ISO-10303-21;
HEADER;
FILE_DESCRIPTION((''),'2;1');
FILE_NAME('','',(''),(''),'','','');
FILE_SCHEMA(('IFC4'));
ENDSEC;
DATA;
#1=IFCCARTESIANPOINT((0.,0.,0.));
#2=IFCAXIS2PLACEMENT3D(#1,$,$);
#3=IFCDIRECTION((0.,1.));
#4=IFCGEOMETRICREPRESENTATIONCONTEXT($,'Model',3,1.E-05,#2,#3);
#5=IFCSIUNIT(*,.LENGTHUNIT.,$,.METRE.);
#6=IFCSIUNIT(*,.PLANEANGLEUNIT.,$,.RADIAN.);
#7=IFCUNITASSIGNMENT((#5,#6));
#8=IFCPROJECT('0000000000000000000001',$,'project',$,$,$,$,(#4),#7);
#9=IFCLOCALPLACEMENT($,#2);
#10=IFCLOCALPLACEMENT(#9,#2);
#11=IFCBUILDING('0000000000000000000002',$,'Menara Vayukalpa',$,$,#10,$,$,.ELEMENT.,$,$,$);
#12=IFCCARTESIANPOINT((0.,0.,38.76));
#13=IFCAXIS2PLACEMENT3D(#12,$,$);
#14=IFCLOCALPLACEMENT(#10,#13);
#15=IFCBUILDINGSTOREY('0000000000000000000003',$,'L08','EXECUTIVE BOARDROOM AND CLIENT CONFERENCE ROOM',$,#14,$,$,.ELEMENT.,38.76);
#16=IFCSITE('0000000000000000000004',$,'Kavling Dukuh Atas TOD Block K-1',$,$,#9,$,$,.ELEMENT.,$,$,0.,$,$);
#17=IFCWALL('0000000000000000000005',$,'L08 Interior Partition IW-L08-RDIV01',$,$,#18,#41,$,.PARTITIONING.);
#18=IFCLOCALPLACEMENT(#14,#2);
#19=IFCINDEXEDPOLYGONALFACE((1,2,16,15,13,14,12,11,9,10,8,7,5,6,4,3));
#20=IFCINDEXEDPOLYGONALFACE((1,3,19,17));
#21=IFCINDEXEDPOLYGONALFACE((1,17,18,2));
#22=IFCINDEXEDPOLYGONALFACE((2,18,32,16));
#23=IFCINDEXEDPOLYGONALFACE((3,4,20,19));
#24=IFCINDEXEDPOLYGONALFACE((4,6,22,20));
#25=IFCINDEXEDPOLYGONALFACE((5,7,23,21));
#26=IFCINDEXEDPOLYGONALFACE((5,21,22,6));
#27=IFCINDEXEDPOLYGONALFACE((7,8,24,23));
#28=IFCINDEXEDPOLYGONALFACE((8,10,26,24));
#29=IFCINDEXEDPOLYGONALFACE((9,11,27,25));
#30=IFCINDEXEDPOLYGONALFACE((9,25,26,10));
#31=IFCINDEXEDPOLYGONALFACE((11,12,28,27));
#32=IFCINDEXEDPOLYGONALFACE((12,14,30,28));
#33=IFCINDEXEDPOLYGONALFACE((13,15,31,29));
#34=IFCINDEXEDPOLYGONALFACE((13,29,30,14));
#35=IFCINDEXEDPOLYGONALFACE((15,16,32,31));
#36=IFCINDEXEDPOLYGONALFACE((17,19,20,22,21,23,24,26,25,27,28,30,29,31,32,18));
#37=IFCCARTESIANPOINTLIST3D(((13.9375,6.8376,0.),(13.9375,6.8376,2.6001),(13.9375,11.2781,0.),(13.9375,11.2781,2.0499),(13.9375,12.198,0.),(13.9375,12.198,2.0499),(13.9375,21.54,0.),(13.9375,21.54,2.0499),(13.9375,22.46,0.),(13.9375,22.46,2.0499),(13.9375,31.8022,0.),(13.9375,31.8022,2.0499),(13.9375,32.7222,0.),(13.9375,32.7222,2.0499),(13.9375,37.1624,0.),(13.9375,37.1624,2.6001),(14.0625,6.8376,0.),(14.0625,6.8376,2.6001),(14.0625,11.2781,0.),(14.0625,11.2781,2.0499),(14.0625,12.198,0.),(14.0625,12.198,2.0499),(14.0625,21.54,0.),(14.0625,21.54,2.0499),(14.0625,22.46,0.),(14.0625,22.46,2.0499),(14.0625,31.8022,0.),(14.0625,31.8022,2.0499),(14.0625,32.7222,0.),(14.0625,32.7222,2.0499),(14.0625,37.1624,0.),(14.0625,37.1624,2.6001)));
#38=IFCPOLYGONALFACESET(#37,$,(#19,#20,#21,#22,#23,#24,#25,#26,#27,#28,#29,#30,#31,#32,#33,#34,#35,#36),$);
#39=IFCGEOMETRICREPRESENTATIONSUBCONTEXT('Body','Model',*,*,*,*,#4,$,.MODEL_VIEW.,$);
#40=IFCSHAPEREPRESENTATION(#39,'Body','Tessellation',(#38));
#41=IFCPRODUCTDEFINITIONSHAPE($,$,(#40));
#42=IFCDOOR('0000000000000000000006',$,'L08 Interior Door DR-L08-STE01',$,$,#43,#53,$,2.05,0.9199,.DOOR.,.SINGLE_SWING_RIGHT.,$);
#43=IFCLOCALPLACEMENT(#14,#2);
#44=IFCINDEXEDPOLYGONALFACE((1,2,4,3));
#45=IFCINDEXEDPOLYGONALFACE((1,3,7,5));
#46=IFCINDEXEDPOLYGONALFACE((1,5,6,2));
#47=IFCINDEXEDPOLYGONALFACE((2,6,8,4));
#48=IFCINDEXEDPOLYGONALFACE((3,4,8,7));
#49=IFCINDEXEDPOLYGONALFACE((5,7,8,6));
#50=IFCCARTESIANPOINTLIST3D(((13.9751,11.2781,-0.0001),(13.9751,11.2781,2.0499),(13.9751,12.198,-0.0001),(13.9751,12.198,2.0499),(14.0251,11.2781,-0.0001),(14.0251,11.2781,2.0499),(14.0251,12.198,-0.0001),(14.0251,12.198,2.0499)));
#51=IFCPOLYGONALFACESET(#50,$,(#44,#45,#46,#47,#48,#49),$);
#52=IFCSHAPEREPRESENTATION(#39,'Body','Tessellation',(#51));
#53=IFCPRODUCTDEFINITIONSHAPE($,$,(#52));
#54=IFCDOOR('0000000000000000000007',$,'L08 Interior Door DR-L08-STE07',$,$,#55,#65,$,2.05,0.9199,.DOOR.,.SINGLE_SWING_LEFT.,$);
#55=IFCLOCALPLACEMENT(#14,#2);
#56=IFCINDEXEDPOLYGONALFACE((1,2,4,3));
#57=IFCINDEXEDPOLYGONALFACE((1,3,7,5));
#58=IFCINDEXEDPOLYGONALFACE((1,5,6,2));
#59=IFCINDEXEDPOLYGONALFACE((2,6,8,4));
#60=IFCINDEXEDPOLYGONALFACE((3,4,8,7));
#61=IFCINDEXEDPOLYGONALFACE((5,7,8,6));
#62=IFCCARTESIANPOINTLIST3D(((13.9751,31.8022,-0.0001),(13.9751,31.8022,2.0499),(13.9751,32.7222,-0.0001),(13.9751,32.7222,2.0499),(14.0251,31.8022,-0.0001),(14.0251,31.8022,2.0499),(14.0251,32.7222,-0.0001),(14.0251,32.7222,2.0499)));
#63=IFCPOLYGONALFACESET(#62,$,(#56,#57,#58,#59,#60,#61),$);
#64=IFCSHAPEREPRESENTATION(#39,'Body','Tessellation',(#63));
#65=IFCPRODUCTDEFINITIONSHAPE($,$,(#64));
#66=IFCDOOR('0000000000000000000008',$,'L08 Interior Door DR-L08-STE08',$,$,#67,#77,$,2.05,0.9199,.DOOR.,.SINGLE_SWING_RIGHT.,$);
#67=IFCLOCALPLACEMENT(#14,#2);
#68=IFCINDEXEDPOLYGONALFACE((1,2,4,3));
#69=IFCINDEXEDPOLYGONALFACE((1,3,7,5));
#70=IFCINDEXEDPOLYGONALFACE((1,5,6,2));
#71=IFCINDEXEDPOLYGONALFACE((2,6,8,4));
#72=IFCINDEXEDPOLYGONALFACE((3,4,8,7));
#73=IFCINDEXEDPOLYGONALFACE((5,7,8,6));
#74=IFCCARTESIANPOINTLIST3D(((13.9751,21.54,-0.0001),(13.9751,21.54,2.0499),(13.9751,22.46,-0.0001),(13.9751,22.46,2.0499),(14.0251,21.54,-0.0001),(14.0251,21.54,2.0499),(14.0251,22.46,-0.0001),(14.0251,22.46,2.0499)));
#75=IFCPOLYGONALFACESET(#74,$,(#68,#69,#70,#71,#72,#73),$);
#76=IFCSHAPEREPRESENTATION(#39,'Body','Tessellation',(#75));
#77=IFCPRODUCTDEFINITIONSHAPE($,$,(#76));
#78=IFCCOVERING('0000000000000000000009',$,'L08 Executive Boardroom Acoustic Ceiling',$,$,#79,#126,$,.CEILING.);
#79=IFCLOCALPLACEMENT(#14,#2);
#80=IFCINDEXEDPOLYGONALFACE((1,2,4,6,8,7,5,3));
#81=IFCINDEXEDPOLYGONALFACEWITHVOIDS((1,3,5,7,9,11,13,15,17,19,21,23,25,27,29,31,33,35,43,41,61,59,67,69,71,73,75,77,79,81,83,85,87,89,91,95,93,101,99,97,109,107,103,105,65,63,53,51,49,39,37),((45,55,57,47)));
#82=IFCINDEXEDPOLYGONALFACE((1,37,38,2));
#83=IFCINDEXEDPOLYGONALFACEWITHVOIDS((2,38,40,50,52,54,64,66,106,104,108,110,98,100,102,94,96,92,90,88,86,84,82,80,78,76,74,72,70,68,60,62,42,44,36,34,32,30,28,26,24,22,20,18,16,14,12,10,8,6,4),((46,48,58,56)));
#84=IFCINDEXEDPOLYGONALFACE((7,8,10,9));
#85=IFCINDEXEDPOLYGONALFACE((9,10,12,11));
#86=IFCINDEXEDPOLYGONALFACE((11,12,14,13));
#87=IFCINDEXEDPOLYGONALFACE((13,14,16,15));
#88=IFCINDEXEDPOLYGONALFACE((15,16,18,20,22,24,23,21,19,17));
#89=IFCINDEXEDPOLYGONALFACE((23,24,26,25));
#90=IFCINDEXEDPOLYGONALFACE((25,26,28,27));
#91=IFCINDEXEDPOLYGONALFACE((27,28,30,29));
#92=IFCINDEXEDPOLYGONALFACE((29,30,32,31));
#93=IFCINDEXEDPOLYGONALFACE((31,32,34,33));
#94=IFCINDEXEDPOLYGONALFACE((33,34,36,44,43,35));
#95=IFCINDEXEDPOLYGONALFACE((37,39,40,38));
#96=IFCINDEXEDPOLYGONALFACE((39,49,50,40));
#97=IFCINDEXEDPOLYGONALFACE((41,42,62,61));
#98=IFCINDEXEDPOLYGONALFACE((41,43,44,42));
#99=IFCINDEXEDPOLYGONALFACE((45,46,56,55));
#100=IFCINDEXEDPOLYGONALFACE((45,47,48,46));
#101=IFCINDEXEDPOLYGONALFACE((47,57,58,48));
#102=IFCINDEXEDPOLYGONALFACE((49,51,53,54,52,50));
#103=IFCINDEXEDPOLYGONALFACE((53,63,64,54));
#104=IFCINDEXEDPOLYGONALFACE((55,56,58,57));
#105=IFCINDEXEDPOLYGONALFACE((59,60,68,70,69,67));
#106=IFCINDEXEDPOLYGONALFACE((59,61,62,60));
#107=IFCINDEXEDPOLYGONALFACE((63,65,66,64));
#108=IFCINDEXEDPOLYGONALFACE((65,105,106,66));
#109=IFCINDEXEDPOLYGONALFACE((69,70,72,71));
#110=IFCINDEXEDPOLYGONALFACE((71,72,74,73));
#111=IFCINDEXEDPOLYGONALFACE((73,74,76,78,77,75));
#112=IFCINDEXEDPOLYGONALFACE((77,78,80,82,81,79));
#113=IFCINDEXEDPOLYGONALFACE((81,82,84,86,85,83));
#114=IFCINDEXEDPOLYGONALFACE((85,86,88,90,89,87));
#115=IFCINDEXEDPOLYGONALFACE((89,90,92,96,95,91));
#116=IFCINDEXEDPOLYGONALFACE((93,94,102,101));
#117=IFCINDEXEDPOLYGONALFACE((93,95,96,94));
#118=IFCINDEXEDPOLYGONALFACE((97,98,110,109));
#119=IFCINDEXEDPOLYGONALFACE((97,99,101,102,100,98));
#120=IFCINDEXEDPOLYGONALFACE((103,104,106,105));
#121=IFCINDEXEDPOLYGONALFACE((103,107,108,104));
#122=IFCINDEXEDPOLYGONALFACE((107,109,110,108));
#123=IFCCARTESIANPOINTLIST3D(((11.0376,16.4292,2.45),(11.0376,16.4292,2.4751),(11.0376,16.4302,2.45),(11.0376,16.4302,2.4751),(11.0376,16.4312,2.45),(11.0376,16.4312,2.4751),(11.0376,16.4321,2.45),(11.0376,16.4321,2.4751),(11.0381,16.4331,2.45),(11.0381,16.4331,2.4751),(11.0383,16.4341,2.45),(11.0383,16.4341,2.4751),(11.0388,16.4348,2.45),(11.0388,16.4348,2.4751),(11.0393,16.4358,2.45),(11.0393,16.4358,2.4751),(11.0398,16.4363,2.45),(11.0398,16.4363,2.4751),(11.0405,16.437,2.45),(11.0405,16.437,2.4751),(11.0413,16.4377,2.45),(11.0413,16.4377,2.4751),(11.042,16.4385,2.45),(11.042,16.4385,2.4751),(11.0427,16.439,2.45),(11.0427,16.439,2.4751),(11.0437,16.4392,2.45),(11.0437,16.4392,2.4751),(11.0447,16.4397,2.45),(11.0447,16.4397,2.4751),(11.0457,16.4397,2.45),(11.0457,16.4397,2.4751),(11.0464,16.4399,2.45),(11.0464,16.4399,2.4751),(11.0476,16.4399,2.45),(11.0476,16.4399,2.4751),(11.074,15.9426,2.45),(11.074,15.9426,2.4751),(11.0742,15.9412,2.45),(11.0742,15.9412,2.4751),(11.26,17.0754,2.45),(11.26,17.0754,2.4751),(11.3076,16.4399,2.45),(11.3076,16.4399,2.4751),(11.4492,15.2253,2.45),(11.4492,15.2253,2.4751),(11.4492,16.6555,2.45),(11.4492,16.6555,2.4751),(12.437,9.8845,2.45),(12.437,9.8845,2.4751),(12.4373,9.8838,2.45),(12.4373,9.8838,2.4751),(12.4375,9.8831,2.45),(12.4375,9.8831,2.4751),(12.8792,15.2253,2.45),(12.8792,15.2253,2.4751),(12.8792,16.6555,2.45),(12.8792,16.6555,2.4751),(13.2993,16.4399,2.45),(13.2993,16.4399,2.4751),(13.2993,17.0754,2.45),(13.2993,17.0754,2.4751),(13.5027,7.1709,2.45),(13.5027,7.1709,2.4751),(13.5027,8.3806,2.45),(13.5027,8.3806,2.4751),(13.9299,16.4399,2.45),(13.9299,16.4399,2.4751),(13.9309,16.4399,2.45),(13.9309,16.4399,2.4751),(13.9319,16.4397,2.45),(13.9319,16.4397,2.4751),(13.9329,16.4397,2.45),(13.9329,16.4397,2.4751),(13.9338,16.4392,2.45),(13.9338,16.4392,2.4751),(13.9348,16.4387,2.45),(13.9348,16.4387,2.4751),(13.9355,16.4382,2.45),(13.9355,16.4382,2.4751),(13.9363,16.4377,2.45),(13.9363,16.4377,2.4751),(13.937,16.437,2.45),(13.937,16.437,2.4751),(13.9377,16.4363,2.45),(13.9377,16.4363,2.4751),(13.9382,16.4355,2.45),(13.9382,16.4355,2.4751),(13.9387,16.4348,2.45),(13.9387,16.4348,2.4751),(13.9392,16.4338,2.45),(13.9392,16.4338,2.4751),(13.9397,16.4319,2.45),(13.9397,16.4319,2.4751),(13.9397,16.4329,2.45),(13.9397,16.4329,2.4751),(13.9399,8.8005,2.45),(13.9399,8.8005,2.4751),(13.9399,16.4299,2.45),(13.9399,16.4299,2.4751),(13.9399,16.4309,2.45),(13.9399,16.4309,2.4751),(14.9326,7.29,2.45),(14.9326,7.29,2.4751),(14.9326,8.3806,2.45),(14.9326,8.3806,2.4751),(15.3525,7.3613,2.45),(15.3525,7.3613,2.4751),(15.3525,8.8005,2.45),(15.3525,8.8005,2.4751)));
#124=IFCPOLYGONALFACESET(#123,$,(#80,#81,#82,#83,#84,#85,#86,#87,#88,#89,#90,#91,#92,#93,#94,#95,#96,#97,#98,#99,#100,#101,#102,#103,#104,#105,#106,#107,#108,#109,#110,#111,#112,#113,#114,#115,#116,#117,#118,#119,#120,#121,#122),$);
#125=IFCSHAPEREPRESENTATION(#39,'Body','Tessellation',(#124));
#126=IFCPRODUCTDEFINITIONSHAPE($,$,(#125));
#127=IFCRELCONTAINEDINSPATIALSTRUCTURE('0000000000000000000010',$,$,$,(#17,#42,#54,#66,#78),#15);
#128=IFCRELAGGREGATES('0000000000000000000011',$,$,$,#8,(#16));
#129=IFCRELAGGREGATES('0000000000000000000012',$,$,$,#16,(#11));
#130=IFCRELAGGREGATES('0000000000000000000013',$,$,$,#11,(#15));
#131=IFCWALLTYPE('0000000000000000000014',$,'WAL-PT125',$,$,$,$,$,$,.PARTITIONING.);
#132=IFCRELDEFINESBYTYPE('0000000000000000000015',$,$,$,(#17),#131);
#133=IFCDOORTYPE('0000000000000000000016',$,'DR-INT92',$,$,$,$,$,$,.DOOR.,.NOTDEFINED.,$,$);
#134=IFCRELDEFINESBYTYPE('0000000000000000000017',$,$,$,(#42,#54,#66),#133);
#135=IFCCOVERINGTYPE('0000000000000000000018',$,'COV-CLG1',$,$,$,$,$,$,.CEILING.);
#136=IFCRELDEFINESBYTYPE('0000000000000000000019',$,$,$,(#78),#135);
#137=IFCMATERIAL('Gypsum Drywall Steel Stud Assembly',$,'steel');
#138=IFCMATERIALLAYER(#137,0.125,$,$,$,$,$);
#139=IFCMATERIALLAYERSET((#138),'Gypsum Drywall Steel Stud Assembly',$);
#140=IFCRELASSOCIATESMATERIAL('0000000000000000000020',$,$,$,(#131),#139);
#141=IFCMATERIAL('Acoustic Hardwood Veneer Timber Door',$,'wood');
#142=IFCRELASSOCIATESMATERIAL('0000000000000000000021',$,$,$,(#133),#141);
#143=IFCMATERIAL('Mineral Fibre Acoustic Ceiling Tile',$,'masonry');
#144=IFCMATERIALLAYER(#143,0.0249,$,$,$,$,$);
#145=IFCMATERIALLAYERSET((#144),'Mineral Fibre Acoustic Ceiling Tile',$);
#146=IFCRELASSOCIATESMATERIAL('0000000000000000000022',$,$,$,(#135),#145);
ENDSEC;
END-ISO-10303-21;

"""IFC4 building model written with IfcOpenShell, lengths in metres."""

from ifc_helpers import new_model, si_unit, direction, frame, frame_2d, origin, place, context, subcontext, project, spatial, polyline, rectangle, outline, extrude, material, layer, layer_set, type_object, element, fill, save


model = new_model("IFC4")

# Units and contexts
model_context = context("Model", 3, precision=1e-05, world=origin(), true_north=direction((0.0, 1.0)))
body_context = subcontext(model_context, "Body", "Model", "MODEL_VIEW")
ifc_project = project(units=[si_unit("LENGTHUNIT", "METRE"), si_unit("PLANEANGLEUNIT", "RADIAN")], contexts=[model_context])

# Site, building, storey
site_placement = place(None, origin())
site = spatial("IfcSite", under=ifc_project, at=site_placement, Name="Kavling Dukuh Atas TOD Block K-1", CompositionType="ELEMENT", RefElevation=0.0)
building_placement = place(site_placement, origin())
building = spatial("IfcBuilding", under=site, at=building_placement, Name="Menara Vayukalpa", CompositionType="ELEMENT")
storey_placement = place(building_placement, frame((0.0, 0.0, 38.76)))
storey = spatial("IfcBuildingStorey", under=building, at=storey_placement, Name="L08", Description="EXECUTIVE BOARDROOM AND CLIENT CONFERENCE ROOM", CompositionType="ELEMENT", Elevation=38.76)

# Wall, openings, doors
ifc_material_1 = material(Name="Gypsum Drywall Steel Stud Assembly", Category="steel")
ifc_layer_1 = layer(ifc_material_1, 0.125)
ifc_layer_set_1 = layer_set([ifc_layer_1], Name="Gypsum Drywall Steel Stud Assembly")
wall_type_1 = type_object("IfcWallType", Name="WAL-PT125", PredefinedType="PARTITIONING", material=ifc_layer_set_1)
wall_1_placement = place(storey_placement, frame((14.0, 6.8376, 0.0), z_axis=(0.0, 0.0, 1.0), x_axis=(0.0, 1.0, 0.0)))
wall_1 = element("IfcWall", 1, at=wall_1_placement, inside=storey, type_object=wall_type_1, Name="L08 Interior Partition IW-L08-RDIV01", PredefinedType="PARTITIONING", context=body_context, shape_type="SweptSolid", body=[
    extrude(rectangle(XDim=30.3247, YDim=0.125, at=frame_2d((15.1624, 0.0))), origin(), (0.0, 0.0, 1.0), 2.6001),
])
opening_1_placement = place(wall_1_placement, frame((4.4404, 0.0, 0.0)))
opening_1 = element("IfcOpeningElement", 2, at=opening_1_placement, cuts=wall_1, PredefinedType="OPENING", context=body_context, shape_type="SweptSolid", body=[
    extrude(rectangle(XDim=0.9199, YDim=2.05, at=frame_2d((0.46, 1.0249))), frame((0.0, 0.0725, 0.0), z_axis=(0.0, -1.0, 0.0), x_axis=(1.0, 0.0, 0.0)), (0.0, 0.0, 1.0), 0.145),
])
opening_2_placement = place(wall_1_placement, frame((24.9646, 0.0, 0.0)))
opening_2 = element("IfcOpeningElement", 3, at=opening_2_placement, cuts=wall_1, PredefinedType="OPENING", context=body_context, shape_type="SweptSolid", body=[
    extrude(rectangle(XDim=0.9199, YDim=2.05, at=frame_2d((0.46, 1.0249))), frame((0.0, 0.0725, 0.0), z_axis=(0.0, -1.0, 0.0), x_axis=(1.0, 0.0, 0.0)), (0.0, 0.0, 1.0), 0.145),
])
opening_3_placement = place(wall_1_placement, frame((14.7024, 0.0, 0.0)))
opening_3 = element("IfcOpeningElement", 4, at=opening_3_placement, cuts=wall_1, PredefinedType="OPENING", context=body_context, shape_type="SweptSolid", body=[
    extrude(rectangle(XDim=0.9199, YDim=2.05, at=frame_2d((0.46, 1.0249))), frame((0.0, 0.0725, 0.0), z_axis=(0.0, -1.0, 0.0), x_axis=(1.0, 0.0, 0.0)), (0.0, 0.0, 1.0), 0.145),
])
ifc_material_2 = material(Name="Acoustic Hardwood Veneer Timber Door", Category="wood")
door_type = type_object("IfcDoorType", Name="DR-INT92", OperationType="NOTDEFINED", PredefinedType="DOOR", material=ifc_material_2)
door_1_placement = place(opening_1_placement, origin())
door_1 = element("IfcDoor", 5, at=door_1_placement, inside=storey, type_object=door_type, Name="L08 Interior Door DR-L08-STE01", OperationType="SINGLE_SWING_RIGHT", OverallHeight=2.05, OverallWidth=0.9199, PredefinedType="DOOR", context=body_context, shape_type="SweptSolid", body=[
    extrude(rectangle(XDim=0.9199, YDim=2.05, at=frame_2d((0.46, 1.0249))), frame((0.0, 0.0249, 0.0), z_axis=(0.0, -1.0, 0.0), x_axis=(1.0, 0.0, 0.0)), (0.0, 0.0, 1.0), 0.05),
])
fill(opening_1, door_1)
door_2_placement = place(opening_2_placement, origin())
door_2 = element("IfcDoor", 6, at=door_2_placement, inside=storey, type_object=door_type, Name="L08 Interior Door DR-L08-STE07", OperationType="SINGLE_SWING_LEFT", OverallHeight=2.05, OverallWidth=0.9199, PredefinedType="DOOR", context=body_context, shape_type="SweptSolid", body=[
    extrude(rectangle(XDim=0.9199, YDim=2.05, at=frame_2d((0.46, 1.0249))), frame((0.0, 0.0249, 0.0), z_axis=(0.0, -1.0, 0.0), x_axis=(1.0, 0.0, 0.0)), (0.0, 0.0, 1.0), 0.05),
])
fill(opening_2, door_2)
door_3_placement = place(opening_3_placement, origin())
door_3 = element("IfcDoor", 7, at=door_3_placement, inside=storey, type_object=door_type, Name="L08 Interior Door DR-L08-STE08", OperationType="SINGLE_SWING_RIGHT", OverallHeight=2.05, OverallWidth=0.9199, PredefinedType="DOOR", context=body_context, shape_type="SweptSolid", body=[
    extrude(rectangle(XDim=0.9199, YDim=2.05, at=frame_2d((0.46, 1.0249))), frame((0.0, 0.0249, 0.0), z_axis=(0.0, -1.0, 0.0), x_axis=(1.0, 0.0, 0.0)), (0.0, 0.0, 1.0), 0.05),
])
fill(opening_3, door_3)

# Covering
ifc_material_3 = material(Name="Mineral Fibre Acoustic Ceiling Tile", Category="masonry")
ifc_layer_2 = layer(ifc_material_3, 0.0249)
ifc_layer_set_2 = layer_set([ifc_layer_2], Name="Mineral Fibre Acoustic Ceiling Tile")
covering_type_1 = type_object("IfcCoveringType", Name="COV-CLG1", PredefinedType="CEILING", material=ifc_layer_set_2)
covering_1_placement = place(storey_placement, frame((0.0, 0.0, 2.45)))
element("IfcCovering", 8, at=covering_1_placement, inside=storey, type_object=covering_type_1, Name="L08 Executive Boardroom Acoustic Ceiling", PredefinedType="CEILING", context=body_context, shape_type="SweptSolid", body=[
    extrude(outline(polyline([(14.9326, 7.29), (14.9326, 8.3806), (13.5027, 8.3806), (13.5027, 7.1709), (12.4375, 9.8831), (12.4373, 9.8838), (12.437, 9.8845), (11.0742, 15.9412), (11.074, 15.9426), (11.0376, 16.4292), (11.0376, 16.4302), (11.0376, 16.4312), (11.0376, 16.4321), (11.0381, 16.4331), (11.0383, 16.4341), (11.0388, 16.4348), (11.0393, 16.4358), (11.0398, 16.4363), (11.0405, 16.437), (11.0413, 16.4377), (11.042, 16.4385), (11.0427, 16.439), (11.0437, 16.4392), (11.0447, 16.4397), (11.0457, 16.4397), (11.0464, 16.4399), (11.0476, 16.4399), (11.3076, 16.4399), (11.26, 17.0754), (13.2993, 17.0754), (13.2993, 16.4399), (13.9299, 16.4399), (13.9309, 16.4399), (13.9319, 16.4397), (13.9329, 16.4397), (13.9338, 16.4392), (13.9348, 16.4387), (13.9355, 16.4382), (13.9363, 16.4377), (13.937, 16.437), (13.9377, 16.4363), (13.9382, 16.4355), (13.9387, 16.4348), (13.9392, 16.4338), (13.9397, 16.4329), (13.9397, 16.4319), (13.9399, 16.4309), (13.9399, 16.4299), (13.9399, 8.8005), (15.3525, 8.8005), (15.3525, 7.3613), (14.9326, 7.29)]), holes=[polyline([(12.8792, 16.6555), (11.4492, 16.6555), (11.4492, 15.2253), (12.8792, 15.2253), (12.8792, 16.6555)])]), origin(), (0.0, 0.0, 1.0), 0.0251),
])

save(model, "model.ifc")
